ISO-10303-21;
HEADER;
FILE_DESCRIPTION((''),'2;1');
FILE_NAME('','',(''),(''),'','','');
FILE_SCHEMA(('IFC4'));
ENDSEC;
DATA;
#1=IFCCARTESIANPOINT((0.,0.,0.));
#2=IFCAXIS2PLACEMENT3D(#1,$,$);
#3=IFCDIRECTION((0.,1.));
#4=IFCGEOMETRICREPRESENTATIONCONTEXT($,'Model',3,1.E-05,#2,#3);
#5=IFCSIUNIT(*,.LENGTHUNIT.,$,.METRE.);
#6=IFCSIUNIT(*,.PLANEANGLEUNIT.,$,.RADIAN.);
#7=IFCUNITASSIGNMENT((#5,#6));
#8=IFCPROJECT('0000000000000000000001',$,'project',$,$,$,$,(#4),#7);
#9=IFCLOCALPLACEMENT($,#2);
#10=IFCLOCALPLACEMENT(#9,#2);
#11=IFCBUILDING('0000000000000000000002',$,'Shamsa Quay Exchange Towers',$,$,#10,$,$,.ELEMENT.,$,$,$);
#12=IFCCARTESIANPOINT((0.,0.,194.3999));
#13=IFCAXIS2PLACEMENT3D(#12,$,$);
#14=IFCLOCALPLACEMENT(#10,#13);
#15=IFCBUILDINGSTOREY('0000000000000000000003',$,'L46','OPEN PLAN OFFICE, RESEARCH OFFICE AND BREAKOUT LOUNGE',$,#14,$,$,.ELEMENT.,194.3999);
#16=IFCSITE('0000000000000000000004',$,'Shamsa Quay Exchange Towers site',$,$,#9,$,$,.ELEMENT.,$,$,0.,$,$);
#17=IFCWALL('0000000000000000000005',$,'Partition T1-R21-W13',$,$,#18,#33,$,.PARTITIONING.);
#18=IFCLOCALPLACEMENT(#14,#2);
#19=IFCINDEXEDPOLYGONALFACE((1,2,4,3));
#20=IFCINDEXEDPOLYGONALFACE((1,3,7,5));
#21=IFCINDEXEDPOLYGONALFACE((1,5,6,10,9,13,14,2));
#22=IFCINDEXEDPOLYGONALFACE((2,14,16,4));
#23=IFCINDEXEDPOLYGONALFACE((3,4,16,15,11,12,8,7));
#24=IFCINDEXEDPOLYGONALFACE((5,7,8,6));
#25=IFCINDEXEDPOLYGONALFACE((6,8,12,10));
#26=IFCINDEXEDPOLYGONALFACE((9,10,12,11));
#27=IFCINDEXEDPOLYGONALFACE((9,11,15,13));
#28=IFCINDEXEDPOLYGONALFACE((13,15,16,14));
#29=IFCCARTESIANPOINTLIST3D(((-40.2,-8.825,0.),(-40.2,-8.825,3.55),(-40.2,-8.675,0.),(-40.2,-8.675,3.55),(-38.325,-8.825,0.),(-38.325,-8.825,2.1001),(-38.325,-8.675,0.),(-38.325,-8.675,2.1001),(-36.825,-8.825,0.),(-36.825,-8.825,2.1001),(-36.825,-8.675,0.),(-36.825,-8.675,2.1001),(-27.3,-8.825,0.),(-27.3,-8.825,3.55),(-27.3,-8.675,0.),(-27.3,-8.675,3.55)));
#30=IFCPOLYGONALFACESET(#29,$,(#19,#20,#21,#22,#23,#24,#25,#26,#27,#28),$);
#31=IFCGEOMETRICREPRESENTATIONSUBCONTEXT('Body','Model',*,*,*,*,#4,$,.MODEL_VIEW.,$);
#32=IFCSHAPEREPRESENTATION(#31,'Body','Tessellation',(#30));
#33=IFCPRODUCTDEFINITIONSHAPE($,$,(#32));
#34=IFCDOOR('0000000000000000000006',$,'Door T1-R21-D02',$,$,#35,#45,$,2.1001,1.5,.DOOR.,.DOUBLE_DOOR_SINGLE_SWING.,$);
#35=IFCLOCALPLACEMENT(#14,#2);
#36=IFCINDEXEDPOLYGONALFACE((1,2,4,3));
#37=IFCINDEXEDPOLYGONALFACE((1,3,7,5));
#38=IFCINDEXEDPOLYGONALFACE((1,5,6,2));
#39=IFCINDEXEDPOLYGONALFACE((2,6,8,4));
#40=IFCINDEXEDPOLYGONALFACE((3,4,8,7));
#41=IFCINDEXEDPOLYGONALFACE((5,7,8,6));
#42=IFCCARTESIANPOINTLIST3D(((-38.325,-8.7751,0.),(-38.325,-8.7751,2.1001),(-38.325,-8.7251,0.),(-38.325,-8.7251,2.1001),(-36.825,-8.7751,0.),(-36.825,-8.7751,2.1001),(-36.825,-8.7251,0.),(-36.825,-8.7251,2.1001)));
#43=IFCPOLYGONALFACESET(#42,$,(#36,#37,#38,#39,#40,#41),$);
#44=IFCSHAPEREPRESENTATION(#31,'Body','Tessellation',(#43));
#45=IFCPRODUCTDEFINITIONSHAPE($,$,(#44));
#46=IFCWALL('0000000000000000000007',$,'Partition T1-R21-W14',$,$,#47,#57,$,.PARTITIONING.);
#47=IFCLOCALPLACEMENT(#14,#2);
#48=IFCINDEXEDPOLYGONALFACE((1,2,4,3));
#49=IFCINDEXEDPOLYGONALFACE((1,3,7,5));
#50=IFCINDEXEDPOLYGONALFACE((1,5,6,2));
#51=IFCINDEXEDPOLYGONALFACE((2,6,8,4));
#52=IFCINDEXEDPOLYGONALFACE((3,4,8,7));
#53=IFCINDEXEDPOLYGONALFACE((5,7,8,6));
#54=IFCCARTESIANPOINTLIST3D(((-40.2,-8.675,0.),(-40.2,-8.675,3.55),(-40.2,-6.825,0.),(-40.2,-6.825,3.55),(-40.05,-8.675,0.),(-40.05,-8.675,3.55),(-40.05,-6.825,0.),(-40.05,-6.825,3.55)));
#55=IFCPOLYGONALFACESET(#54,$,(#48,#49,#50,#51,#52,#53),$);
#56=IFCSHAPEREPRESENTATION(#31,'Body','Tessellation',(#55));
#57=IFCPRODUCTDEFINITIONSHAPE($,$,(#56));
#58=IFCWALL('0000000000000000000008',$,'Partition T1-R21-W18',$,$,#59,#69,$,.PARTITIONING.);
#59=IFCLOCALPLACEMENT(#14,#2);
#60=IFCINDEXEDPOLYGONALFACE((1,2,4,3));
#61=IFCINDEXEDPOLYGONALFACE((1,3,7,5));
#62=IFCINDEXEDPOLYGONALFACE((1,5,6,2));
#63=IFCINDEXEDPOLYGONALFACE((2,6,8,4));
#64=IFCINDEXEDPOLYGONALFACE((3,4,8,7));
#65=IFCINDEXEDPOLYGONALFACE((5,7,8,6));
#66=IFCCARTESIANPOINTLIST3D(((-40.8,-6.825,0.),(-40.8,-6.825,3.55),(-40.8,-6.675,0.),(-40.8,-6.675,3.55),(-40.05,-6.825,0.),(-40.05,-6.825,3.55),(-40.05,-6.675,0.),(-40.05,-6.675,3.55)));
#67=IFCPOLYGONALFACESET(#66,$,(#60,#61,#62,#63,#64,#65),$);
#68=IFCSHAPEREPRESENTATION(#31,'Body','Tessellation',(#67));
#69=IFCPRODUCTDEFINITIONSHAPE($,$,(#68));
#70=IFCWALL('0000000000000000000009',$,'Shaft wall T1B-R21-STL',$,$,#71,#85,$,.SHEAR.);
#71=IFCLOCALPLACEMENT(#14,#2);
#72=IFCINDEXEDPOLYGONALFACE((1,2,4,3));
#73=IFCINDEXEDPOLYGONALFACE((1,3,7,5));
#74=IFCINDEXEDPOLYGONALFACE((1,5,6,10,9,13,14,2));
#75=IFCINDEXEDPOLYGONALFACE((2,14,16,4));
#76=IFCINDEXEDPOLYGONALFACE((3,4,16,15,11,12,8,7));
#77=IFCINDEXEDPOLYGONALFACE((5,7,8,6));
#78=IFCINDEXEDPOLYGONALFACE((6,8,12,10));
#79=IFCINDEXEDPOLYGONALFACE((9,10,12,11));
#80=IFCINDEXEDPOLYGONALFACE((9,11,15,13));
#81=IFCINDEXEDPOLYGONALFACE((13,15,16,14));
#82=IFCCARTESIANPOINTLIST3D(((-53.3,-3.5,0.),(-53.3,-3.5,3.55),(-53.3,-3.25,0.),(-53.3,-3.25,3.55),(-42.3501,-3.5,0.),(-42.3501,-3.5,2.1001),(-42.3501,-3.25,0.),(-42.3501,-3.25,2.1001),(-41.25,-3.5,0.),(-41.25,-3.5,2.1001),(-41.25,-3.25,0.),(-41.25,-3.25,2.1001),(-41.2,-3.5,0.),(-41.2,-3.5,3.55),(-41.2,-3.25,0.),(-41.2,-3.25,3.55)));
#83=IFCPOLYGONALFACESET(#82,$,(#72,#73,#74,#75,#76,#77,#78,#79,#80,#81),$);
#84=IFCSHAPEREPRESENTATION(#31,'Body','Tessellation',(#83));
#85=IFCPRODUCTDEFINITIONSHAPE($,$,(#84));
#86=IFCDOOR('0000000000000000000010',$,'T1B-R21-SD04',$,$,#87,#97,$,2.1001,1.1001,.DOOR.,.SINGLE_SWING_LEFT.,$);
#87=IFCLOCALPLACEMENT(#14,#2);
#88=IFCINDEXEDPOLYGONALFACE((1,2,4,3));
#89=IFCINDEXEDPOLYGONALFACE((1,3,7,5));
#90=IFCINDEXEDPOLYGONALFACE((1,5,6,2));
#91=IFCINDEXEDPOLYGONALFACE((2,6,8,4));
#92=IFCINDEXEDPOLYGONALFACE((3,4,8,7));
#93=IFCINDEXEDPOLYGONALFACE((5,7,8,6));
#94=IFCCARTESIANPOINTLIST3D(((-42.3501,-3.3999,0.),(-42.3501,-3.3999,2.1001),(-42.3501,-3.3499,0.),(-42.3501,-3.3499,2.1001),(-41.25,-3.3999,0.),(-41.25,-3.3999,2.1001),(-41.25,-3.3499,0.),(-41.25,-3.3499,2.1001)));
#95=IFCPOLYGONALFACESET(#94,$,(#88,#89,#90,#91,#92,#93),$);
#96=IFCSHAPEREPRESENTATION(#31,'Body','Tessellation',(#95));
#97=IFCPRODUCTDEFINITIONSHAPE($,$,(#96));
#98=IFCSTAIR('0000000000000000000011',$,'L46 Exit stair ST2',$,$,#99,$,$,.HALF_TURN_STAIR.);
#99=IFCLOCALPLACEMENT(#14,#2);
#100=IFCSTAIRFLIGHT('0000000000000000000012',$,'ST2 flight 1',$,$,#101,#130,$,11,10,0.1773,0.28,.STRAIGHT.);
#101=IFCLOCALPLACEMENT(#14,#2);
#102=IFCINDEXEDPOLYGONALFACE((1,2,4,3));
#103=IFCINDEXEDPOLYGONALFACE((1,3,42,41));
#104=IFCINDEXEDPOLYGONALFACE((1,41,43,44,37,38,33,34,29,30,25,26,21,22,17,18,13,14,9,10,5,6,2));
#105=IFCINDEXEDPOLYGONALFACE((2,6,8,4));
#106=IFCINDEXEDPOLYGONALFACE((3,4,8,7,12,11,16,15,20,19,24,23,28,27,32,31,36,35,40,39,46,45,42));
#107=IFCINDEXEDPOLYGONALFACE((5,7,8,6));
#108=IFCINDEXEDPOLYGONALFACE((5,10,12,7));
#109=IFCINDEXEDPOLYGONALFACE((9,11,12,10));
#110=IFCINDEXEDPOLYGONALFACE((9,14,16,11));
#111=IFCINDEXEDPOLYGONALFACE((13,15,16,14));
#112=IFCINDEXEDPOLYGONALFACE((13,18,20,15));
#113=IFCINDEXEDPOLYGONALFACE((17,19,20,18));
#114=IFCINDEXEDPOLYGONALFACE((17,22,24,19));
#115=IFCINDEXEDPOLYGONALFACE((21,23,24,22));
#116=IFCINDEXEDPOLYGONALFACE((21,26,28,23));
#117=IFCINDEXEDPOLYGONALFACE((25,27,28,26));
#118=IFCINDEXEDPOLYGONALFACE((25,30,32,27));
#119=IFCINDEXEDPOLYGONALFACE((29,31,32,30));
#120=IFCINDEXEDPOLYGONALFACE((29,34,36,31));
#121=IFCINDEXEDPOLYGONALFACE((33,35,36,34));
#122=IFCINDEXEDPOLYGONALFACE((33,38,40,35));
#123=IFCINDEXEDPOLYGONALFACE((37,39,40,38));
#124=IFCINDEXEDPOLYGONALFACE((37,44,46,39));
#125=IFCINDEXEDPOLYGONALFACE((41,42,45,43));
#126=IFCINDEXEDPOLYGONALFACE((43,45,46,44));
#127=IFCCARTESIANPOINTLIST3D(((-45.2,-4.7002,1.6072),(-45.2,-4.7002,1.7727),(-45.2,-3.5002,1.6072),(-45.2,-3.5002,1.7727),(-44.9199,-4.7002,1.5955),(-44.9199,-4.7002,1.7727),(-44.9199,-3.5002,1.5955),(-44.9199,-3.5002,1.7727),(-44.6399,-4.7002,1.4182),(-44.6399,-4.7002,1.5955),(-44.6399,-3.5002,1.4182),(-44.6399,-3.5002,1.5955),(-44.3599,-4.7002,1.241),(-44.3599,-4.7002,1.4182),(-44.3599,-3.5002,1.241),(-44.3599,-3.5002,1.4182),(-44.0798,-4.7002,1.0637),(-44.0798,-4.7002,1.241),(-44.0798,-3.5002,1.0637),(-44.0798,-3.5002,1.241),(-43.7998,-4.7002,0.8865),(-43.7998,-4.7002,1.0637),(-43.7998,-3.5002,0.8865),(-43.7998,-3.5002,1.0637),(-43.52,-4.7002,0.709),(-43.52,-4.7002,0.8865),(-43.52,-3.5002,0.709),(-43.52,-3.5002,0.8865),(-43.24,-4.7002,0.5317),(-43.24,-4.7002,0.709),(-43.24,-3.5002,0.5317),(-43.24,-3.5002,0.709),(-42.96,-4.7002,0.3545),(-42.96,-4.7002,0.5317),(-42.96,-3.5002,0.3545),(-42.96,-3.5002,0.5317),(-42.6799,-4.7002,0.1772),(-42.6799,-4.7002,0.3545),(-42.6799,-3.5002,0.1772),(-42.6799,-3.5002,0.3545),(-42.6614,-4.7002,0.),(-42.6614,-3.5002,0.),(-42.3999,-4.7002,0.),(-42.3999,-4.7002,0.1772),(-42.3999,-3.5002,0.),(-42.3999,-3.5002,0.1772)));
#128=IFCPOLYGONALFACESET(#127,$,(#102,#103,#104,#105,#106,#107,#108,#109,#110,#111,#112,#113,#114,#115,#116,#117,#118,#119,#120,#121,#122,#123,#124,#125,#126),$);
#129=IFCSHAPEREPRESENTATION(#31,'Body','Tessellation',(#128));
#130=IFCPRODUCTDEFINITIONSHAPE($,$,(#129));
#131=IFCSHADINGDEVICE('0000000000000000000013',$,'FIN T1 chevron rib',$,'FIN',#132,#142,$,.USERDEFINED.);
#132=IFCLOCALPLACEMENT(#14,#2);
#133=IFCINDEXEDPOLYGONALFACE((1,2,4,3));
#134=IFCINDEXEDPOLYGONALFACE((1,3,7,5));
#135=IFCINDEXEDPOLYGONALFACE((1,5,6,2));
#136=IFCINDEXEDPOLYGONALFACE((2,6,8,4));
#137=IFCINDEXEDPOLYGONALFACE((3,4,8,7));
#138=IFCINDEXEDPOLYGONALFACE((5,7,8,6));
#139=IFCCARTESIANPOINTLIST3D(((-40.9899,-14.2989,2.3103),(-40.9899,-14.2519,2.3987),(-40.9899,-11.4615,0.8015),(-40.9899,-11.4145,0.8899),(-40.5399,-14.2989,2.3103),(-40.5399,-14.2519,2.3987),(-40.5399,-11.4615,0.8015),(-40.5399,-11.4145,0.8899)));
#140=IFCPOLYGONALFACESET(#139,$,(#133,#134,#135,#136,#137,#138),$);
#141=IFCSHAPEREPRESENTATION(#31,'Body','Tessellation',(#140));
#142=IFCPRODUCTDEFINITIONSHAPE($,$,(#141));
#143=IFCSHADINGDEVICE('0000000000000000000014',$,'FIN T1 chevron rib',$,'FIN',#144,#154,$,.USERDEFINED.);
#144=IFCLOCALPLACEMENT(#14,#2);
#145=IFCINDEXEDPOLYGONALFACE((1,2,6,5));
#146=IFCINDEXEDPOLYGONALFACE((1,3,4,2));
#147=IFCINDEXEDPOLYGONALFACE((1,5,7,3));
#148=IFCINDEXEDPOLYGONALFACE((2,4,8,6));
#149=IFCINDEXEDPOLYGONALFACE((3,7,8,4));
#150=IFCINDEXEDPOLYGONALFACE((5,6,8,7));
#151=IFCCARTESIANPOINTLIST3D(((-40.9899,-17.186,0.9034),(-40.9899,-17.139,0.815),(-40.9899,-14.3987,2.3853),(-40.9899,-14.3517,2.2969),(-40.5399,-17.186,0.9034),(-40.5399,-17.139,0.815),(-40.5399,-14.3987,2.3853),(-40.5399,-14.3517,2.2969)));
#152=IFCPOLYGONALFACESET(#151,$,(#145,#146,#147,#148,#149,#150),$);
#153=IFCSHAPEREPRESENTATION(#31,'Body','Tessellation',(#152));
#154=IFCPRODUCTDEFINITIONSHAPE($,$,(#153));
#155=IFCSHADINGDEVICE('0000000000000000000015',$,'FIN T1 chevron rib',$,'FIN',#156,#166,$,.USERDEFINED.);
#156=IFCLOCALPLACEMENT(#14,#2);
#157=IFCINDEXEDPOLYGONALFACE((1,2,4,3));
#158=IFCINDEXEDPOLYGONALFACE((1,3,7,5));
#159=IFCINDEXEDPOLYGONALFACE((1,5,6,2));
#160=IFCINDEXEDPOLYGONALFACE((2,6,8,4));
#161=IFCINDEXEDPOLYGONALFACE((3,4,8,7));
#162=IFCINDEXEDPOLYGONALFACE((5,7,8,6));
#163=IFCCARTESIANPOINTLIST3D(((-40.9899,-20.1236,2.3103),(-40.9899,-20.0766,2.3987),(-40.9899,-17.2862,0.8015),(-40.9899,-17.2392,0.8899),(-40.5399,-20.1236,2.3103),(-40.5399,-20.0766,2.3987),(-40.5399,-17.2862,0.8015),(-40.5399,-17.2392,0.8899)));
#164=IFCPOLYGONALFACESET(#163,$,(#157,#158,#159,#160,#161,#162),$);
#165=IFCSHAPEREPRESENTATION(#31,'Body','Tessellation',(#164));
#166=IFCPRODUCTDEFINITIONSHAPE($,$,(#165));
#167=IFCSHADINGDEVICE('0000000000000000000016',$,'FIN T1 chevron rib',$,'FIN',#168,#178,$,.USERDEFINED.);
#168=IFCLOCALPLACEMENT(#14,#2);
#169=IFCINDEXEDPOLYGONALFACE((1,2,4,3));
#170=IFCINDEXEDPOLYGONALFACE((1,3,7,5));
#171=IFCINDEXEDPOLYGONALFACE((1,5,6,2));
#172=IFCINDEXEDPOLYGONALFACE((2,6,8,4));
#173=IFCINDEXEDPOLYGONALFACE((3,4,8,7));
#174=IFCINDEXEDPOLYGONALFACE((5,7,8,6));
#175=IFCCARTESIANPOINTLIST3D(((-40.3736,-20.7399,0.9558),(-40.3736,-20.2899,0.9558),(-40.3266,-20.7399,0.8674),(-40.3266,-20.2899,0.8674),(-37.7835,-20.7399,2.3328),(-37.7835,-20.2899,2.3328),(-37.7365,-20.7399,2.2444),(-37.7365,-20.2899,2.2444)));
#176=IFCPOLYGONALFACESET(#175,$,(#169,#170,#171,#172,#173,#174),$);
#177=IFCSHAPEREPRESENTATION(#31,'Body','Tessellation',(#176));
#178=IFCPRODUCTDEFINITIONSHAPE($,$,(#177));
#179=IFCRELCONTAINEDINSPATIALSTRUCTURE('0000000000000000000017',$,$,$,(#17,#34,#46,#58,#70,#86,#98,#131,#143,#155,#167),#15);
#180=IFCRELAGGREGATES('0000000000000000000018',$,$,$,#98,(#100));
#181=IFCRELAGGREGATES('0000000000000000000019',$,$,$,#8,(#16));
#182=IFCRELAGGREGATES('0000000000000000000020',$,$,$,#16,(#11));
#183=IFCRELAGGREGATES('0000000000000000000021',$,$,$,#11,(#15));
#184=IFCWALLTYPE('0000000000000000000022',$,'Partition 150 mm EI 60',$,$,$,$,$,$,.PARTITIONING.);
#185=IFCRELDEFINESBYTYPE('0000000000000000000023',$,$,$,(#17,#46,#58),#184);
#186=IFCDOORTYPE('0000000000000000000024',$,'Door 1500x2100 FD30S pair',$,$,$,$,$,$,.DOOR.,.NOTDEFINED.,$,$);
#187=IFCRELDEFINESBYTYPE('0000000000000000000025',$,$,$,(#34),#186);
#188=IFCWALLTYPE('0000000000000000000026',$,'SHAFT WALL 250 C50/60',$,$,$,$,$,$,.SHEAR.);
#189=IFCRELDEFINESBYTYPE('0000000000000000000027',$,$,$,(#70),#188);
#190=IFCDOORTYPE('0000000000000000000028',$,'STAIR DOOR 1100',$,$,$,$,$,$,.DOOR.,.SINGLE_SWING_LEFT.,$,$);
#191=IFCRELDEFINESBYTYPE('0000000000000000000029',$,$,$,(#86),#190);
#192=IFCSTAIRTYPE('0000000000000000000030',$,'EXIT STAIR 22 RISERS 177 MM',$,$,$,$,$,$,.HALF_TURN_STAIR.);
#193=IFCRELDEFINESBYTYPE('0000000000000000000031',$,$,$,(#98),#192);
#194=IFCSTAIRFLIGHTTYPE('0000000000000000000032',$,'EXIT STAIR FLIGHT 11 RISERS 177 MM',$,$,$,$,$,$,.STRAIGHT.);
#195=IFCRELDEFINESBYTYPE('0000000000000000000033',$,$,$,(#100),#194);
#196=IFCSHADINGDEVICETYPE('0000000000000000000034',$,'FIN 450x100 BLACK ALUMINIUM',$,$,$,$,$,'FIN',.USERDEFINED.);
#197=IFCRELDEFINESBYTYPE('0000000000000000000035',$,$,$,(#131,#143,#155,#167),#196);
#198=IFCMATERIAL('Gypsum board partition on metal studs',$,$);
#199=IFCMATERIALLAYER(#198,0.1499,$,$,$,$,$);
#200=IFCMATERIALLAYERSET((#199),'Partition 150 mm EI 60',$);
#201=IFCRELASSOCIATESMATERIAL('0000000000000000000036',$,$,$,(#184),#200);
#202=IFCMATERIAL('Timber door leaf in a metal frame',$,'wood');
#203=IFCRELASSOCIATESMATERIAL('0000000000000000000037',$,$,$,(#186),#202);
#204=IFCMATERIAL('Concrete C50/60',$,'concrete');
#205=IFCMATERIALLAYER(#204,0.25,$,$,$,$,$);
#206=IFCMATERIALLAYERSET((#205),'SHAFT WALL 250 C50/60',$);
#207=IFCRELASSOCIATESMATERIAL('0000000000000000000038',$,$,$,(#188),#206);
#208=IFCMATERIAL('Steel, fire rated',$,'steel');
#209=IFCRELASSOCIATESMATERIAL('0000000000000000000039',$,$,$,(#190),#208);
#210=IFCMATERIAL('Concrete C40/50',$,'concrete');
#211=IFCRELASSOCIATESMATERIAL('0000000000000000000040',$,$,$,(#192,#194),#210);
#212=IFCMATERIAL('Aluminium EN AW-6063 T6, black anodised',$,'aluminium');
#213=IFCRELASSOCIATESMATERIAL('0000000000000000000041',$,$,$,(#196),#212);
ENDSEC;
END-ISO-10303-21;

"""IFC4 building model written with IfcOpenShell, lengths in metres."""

from ifc_helpers import new_model, si_unit, direction, frame, frame_2d, origin, origin_2d, place, context, subcontext, project, spatial, polyline, rectangle, outline, extrude, material, layer, layer_set, material_profile, profile_set, type_object, element, fill, aggregate, save


model = new_model("IFC4")

# Units and contexts
model_context = context("Model", 3, precision=1e-05, world=origin(), true_north=direction((0.0, 1.0)))
body_context = subcontext(model_context, "Body", "Model", "MODEL_VIEW")
ifc_project = project(units=[si_unit("LENGTHUNIT", "METRE"), si_unit("PLANEANGLEUNIT", "RADIAN")], contexts=[model_context])

# Site, building, storey
site_placement = place(None, origin())
site = spatial("IfcSite", under=ifc_project, at=site_placement, Name="Shamsa Quay Exchange Towers site", CompositionType="ELEMENT", RefElevation=0.0)
building_placement = place(site_placement, origin())
building = spatial("IfcBuilding", under=site, at=building_placement, Name="Shamsa Quay Exchange Towers", CompositionType="ELEMENT")
storey_placement = place(building_placement, frame((0.0, 0.0, 194.3999)))
storey = spatial("IfcBuildingStorey", under=building, at=storey_placement, Name="L46", Description="OPEN PLAN OFFICE, RESEARCH OFFICE AND BREAKOUT LOUNGE", CompositionType="ELEMENT", Elevation=194.3999)

# Shared definitions
ifc_material_1 = material(Name="Aluminium EN AW-6063 T6, black anodised", Category="aluminium")

# Shared definitions
ifc_material_2 = material(Name="Steel, fire rated", Category="steel")
ifc_material_3 = material(Name="Timber door leaf in a metal frame", Category="wood")

# Wall, opening, door
ifc_material_4 = material(Name="Gypsum board partition on metal studs")
ifc_layer_1 = layer(ifc_material_4, 0.1499)
ifc_layer_set_1 = layer_set([ifc_layer_1], Name="Partition 150 mm EI 60")
wall_type_1 = type_object("IfcWallType", Name="Partition 150 mm EI 60", PredefinedType="PARTITIONING", material=ifc_layer_set_1)
wall_1_placement = place(storey_placement, frame((-40.2, -8.75, 0.0)))
wall_1 = element("IfcWall", 1, at=wall_1_placement, inside=storey, type_object=wall_type_1, Name="Partition T1-R21-W13", PredefinedType="PARTITIONING", context=body_context, shape_type="SweptSolid", body=[
    extrude(rectangle(XDim=12.8999, YDim=0.1499, at=frame_2d((6.45, 0.0))), origin(), (0.0, 0.0, 1.0), 3.55),
])
opening_1_placement = place(wall_1_placement, frame((1.875, 0.0, 0.0)))
opening_1 = element("IfcOpeningElement", 2, at=opening_1_placement, cuts=wall_1, PredefinedType="OPENING", context=body_context, shape_type="SweptSolid", body=[
    extrude(rectangle(XDim=1.5, YDim=2.1001, at=frame_2d((0.75, 1.05))), frame((0.0, 0.085, 0.0), z_axis=(0.0, -1.0, 0.0), x_axis=(1.0, 0.0, 0.0)), (0.0, 0.0, 1.0), 0.1699),
])
door_type_1 = type_object("IfcDoorType", Name="Door 1500x2100 FD30S pair", OperationType="NOTDEFINED", PredefinedType="DOOR", material=ifc_material_3)
door_1_placement = place(opening_1_placement, origin())
door_1 = element("IfcDoor", 3, at=door_1_placement, inside=storey, type_object=door_type_1, Name="Door T1-R21-D02", OperationType="DOUBLE_DOOR_SINGLE_SWING", OverallHeight=2.1001, OverallWidth=1.5, PredefinedType="DOOR", context=body_context, shape_type="SweptSolid", body=[
    extrude(rectangle(XDim=1.5, YDim=2.1001, at=frame_2d((0.75, 1.05))), frame((0.0, 0.0249, 0.0), z_axis=(0.0, -1.0, 0.0), x_axis=(1.0, 0.0, 0.0)), (0.0, 0.0, 1.0), 0.05),
])
fill(opening_1, door_1)

# Walls
wall_2_placement = place(storey_placement, frame((-40.125, -6.825, 0.0), z_axis=(0.0, 0.0, 1.0), x_axis=(0.0, -1.0, 0.0)))
element("IfcWall", 4, at=wall_2_placement, inside=storey, type_object=wall_type_1, Name="Partition T1-R21-W14", PredefinedType="PARTITIONING", context=body_context, shape_type="SweptSolid", body=[
    extrude(rectangle(XDim=1.8501, YDim=0.1499, at=frame_2d((0.925, 0.0))), origin(), (0.0, 0.0, 1.0), 3.55),
])
wall_3_placement = place(storey_placement, frame((-40.8, -6.75, 0.0)))
element("IfcWall", 5, at=wall_3_placement, inside=storey, type_object=wall_type_1, Name="Partition T1-R21-W18", PredefinedType="PARTITIONING", context=body_context, shape_type="SweptSolid", body=[
    extrude(rectangle(XDim=0.75, YDim=0.1499, at=frame_2d((0.375, 0.0))), origin(), (0.0, 0.0, 1.0), 3.55),
])

# Wall, opening, door
ifc_material_5 = material(Name="Concrete C50/60", Category="concrete")
ifc_layer_2 = layer(ifc_material_5, 0.25)
ifc_layer_set_2 = layer_set([ifc_layer_2], Name="SHAFT WALL 250 C50/60")
wall_type_2 = type_object("IfcWallType", Name="SHAFT WALL 250 C50/60", PredefinedType="SHEAR", material=ifc_layer_set_2)
wall_4_placement = place(storey_placement, frame((-41.2, -3.375, 0.0), z_axis=(0.0, 0.0, 1.0), x_axis=(-1.0, 0.0, 0.0)))
wall_4 = element("IfcWall", 6, at=wall_4_placement, inside=storey, type_object=wall_type_2, Name="Shaft wall T1B-R21-STL", PredefinedType="SHEAR", context=body_context, shape_type="SweptSolid", body=[
    extrude(rectangle(XDim=12.1001, YDim=0.25, at=frame_2d((6.05, 0.0))), origin(), (0.0, 0.0, 1.0), 3.55),
])
opening_2_placement = place(wall_4_placement, frame((0.05, 0.0, 0.0)))
opening_2 = element("IfcOpeningElement", 7, at=opening_2_placement, cuts=wall_4, PredefinedType="OPENING", context=body_context, shape_type="SweptSolid", body=[
    extrude(rectangle(XDim=1.1001, YDim=2.1001, at=frame_2d((0.55, 1.05))), frame((0.0, 0.135, 0.0), z_axis=(0.0, -1.0, 0.0), x_axis=(1.0, 0.0, 0.0)), (0.0, 0.0, 1.0), 0.27),
])
door_type_2 = type_object("IfcDoorType", Name="STAIR DOOR 1100", OperationType="SINGLE_SWING_LEFT", PredefinedType="DOOR", material=ifc_material_2)
door_2_placement = place(opening_2_placement, origin())
door_2 = element("IfcDoor", 8, at=door_2_placement, inside=storey, type_object=door_type_2, Name="T1B-R21-SD04", OperationType="SINGLE_SWING_LEFT", OverallHeight=2.1001, OverallWidth=1.1001, PredefinedType="DOOR", context=body_context, shape_type="SweptSolid", body=[
    extrude(rectangle(XDim=1.1001, YDim=2.1001, at=frame_2d((0.55, 1.05))), frame((0.0, 0.0249, 0.0), z_axis=(0.0, -1.0, 0.0), x_axis=(1.0, 0.0, 0.0)), (0.0, 0.0, 1.0), 0.05),
])
fill(opening_2, door_2)

# Stair, stair flight
ifc_material_6 = material(Name="Concrete C40/50", Category="concrete")
stair_type = type_object("IfcStairType", Name="EXIT STAIR 22 RISERS 177 MM", PredefinedType="HALF_TURN_STAIR", material=ifc_material_6)
stair_placement = place(storey_placement, origin())
stair = element("IfcStair", 9, at=stair_placement, inside=storey, type_object=stair_type, Name="L46 Exit stair ST2", PredefinedType="HALF_TURN_STAIR")
stair_flight_type = type_object("IfcStairFlightType", Name="EXIT STAIR FLIGHT 11 RISERS 177 MM", PredefinedType="STRAIGHT", material=ifc_material_6)
stair_flight_placement = place(storey_placement, frame((-42.3999, -4.1001, 0.0), z_axis=(0.0, 0.0, 1.0), x_axis=(-1.0, 0.0, 0.0)))
stair_flight = element("IfcStairFlight", 10, at=stair_flight_placement, type_object=stair_flight_type, Name="ST2 flight 1", NumberOfRisers=11, NumberOfTreads=10, PredefinedType="STRAIGHT", RiserHeight=0.1773, TreadLength=0.28, context=body_context, shape_type="SweptSolid", body=[
    extrude(outline(polyline([(0.0, 0.0), (0.0, 0.1772), (0.28, 0.1772), (0.28, 0.3545), (0.5601, 0.3545), (0.5601, 0.5317), (0.8401, 0.5317), (0.8401, 0.709), (1.1201, 0.709), (1.1201, 0.8865), (1.3999, 0.8865), (1.3999, 1.0637), (1.6799, 1.0637), (1.6799, 1.241), (1.96, 1.241), (1.96, 1.4182), (2.24, 1.4182), (2.24, 1.5955), (2.52, 1.5955), (2.52, 1.7727), (2.8, 1.7727), (2.8, 1.95), (2.8, 1.6072), (0.2615, 0.0), (0.0, 0.0)])), frame((0.0, 0.6001, 0.0), z_axis=(0.0, -1.0, 0.0), x_axis=(1.0, 0.0, 0.0)), (0.0, 0.0, 1.0), 1.2),
])
aggregate(stair, [stair_flight])

# Shading devices
ifc_material_profile_1 = material_profile(ifc_material_1, rectangle(XDim=0.45, YDim=0.1001, at=origin_2d()), Name="FIN450x100")
ifc_profile_set_1 = profile_set([ifc_material_profile_1], Name="Aluminium EN AW-6063 T6, black anodised")
shading_device_type = type_object("IfcShadingDeviceType", Name="FIN 450x100 BLACK ALUMINIUM", ElementType="FIN", PredefinedType="USERDEFINED", material=ifc_profile_set_1)
shading_device_1_placement = place(storey_placement, frame((-40.7649, -11.438, 0.8457), z_axis=(0.0, -0.882933, 0.4695), x_axis=(1.0, 0.0, 0.0)))
element("IfcShadingDevice", 11, at=shading_device_1_placement, inside=storey, type_object=shading_device_type, Name="FIN T1 chevron rib", ObjectType="FIN", PredefinedType="USERDEFINED", context=body_context, shape_type="SweptSolid", body=[
    extrude(rectangle(XDim=0.45, YDim=0.1001, at=origin_2d()), origin(), (0.0, 0.0, 1.0), 3.2136),
])
shading_device_2_placement = place(storey_placement, frame((-40.7649, -14.3752, 2.3411), z_axis=(0.0, -0.882964, -0.46944), x_axis=(1.0, 0.0, 0.0)))
element("IfcShadingDevice", 12, at=shading_device_2_placement, inside=storey, type_object=shading_device_type, Name="FIN T1 chevron rib", ObjectType="FIN", PredefinedType="USERDEFINED", context=body_context, shape_type="SweptSolid", body=[
    extrude(rectangle(XDim=0.45, YDim=0.1001, at=origin_2d()), origin(), (0.0, 0.0, 1.0), 3.1567),
])
shading_device_3_placement = place(storey_placement, frame((-40.7649, -17.2627, 0.8457), z_axis=(0.0, -0.882933, 0.4695), x_axis=(1.0, 0.0, 0.0)))
element("IfcShadingDevice", 13, at=shading_device_3_placement, inside=storey, type_object=shading_device_type, Name="FIN T1 chevron rib", ObjectType="FIN", PredefinedType="USERDEFINED", context=body_context, shape_type="SweptSolid", body=[
    extrude(rectangle(XDim=0.45, YDim=0.1001, at=origin_2d()), origin(), (0.0, 0.0, 1.0), 3.2136),
])
shading_device_4_placement = place(storey_placement, frame((-40.3501, -20.5149, 0.9116), z_axis=(0.882979, 0.0, 0.469413), x_axis=(0.0, 1.0, 0.0)))
element("IfcShadingDevice", 14, at=shading_device_4_placement, inside=storey, type_object=shading_device_type, Name="FIN T1 chevron rib", ObjectType="FIN", PredefinedType="USERDEFINED", context=body_context, shape_type="SweptSolid", body=[
    extrude(rectangle(XDim=0.45, YDim=0.1001, at=origin_2d()), origin(), (0.0, 0.0, 1.0), 2.9333),
])

save(model, "model.ifc")
